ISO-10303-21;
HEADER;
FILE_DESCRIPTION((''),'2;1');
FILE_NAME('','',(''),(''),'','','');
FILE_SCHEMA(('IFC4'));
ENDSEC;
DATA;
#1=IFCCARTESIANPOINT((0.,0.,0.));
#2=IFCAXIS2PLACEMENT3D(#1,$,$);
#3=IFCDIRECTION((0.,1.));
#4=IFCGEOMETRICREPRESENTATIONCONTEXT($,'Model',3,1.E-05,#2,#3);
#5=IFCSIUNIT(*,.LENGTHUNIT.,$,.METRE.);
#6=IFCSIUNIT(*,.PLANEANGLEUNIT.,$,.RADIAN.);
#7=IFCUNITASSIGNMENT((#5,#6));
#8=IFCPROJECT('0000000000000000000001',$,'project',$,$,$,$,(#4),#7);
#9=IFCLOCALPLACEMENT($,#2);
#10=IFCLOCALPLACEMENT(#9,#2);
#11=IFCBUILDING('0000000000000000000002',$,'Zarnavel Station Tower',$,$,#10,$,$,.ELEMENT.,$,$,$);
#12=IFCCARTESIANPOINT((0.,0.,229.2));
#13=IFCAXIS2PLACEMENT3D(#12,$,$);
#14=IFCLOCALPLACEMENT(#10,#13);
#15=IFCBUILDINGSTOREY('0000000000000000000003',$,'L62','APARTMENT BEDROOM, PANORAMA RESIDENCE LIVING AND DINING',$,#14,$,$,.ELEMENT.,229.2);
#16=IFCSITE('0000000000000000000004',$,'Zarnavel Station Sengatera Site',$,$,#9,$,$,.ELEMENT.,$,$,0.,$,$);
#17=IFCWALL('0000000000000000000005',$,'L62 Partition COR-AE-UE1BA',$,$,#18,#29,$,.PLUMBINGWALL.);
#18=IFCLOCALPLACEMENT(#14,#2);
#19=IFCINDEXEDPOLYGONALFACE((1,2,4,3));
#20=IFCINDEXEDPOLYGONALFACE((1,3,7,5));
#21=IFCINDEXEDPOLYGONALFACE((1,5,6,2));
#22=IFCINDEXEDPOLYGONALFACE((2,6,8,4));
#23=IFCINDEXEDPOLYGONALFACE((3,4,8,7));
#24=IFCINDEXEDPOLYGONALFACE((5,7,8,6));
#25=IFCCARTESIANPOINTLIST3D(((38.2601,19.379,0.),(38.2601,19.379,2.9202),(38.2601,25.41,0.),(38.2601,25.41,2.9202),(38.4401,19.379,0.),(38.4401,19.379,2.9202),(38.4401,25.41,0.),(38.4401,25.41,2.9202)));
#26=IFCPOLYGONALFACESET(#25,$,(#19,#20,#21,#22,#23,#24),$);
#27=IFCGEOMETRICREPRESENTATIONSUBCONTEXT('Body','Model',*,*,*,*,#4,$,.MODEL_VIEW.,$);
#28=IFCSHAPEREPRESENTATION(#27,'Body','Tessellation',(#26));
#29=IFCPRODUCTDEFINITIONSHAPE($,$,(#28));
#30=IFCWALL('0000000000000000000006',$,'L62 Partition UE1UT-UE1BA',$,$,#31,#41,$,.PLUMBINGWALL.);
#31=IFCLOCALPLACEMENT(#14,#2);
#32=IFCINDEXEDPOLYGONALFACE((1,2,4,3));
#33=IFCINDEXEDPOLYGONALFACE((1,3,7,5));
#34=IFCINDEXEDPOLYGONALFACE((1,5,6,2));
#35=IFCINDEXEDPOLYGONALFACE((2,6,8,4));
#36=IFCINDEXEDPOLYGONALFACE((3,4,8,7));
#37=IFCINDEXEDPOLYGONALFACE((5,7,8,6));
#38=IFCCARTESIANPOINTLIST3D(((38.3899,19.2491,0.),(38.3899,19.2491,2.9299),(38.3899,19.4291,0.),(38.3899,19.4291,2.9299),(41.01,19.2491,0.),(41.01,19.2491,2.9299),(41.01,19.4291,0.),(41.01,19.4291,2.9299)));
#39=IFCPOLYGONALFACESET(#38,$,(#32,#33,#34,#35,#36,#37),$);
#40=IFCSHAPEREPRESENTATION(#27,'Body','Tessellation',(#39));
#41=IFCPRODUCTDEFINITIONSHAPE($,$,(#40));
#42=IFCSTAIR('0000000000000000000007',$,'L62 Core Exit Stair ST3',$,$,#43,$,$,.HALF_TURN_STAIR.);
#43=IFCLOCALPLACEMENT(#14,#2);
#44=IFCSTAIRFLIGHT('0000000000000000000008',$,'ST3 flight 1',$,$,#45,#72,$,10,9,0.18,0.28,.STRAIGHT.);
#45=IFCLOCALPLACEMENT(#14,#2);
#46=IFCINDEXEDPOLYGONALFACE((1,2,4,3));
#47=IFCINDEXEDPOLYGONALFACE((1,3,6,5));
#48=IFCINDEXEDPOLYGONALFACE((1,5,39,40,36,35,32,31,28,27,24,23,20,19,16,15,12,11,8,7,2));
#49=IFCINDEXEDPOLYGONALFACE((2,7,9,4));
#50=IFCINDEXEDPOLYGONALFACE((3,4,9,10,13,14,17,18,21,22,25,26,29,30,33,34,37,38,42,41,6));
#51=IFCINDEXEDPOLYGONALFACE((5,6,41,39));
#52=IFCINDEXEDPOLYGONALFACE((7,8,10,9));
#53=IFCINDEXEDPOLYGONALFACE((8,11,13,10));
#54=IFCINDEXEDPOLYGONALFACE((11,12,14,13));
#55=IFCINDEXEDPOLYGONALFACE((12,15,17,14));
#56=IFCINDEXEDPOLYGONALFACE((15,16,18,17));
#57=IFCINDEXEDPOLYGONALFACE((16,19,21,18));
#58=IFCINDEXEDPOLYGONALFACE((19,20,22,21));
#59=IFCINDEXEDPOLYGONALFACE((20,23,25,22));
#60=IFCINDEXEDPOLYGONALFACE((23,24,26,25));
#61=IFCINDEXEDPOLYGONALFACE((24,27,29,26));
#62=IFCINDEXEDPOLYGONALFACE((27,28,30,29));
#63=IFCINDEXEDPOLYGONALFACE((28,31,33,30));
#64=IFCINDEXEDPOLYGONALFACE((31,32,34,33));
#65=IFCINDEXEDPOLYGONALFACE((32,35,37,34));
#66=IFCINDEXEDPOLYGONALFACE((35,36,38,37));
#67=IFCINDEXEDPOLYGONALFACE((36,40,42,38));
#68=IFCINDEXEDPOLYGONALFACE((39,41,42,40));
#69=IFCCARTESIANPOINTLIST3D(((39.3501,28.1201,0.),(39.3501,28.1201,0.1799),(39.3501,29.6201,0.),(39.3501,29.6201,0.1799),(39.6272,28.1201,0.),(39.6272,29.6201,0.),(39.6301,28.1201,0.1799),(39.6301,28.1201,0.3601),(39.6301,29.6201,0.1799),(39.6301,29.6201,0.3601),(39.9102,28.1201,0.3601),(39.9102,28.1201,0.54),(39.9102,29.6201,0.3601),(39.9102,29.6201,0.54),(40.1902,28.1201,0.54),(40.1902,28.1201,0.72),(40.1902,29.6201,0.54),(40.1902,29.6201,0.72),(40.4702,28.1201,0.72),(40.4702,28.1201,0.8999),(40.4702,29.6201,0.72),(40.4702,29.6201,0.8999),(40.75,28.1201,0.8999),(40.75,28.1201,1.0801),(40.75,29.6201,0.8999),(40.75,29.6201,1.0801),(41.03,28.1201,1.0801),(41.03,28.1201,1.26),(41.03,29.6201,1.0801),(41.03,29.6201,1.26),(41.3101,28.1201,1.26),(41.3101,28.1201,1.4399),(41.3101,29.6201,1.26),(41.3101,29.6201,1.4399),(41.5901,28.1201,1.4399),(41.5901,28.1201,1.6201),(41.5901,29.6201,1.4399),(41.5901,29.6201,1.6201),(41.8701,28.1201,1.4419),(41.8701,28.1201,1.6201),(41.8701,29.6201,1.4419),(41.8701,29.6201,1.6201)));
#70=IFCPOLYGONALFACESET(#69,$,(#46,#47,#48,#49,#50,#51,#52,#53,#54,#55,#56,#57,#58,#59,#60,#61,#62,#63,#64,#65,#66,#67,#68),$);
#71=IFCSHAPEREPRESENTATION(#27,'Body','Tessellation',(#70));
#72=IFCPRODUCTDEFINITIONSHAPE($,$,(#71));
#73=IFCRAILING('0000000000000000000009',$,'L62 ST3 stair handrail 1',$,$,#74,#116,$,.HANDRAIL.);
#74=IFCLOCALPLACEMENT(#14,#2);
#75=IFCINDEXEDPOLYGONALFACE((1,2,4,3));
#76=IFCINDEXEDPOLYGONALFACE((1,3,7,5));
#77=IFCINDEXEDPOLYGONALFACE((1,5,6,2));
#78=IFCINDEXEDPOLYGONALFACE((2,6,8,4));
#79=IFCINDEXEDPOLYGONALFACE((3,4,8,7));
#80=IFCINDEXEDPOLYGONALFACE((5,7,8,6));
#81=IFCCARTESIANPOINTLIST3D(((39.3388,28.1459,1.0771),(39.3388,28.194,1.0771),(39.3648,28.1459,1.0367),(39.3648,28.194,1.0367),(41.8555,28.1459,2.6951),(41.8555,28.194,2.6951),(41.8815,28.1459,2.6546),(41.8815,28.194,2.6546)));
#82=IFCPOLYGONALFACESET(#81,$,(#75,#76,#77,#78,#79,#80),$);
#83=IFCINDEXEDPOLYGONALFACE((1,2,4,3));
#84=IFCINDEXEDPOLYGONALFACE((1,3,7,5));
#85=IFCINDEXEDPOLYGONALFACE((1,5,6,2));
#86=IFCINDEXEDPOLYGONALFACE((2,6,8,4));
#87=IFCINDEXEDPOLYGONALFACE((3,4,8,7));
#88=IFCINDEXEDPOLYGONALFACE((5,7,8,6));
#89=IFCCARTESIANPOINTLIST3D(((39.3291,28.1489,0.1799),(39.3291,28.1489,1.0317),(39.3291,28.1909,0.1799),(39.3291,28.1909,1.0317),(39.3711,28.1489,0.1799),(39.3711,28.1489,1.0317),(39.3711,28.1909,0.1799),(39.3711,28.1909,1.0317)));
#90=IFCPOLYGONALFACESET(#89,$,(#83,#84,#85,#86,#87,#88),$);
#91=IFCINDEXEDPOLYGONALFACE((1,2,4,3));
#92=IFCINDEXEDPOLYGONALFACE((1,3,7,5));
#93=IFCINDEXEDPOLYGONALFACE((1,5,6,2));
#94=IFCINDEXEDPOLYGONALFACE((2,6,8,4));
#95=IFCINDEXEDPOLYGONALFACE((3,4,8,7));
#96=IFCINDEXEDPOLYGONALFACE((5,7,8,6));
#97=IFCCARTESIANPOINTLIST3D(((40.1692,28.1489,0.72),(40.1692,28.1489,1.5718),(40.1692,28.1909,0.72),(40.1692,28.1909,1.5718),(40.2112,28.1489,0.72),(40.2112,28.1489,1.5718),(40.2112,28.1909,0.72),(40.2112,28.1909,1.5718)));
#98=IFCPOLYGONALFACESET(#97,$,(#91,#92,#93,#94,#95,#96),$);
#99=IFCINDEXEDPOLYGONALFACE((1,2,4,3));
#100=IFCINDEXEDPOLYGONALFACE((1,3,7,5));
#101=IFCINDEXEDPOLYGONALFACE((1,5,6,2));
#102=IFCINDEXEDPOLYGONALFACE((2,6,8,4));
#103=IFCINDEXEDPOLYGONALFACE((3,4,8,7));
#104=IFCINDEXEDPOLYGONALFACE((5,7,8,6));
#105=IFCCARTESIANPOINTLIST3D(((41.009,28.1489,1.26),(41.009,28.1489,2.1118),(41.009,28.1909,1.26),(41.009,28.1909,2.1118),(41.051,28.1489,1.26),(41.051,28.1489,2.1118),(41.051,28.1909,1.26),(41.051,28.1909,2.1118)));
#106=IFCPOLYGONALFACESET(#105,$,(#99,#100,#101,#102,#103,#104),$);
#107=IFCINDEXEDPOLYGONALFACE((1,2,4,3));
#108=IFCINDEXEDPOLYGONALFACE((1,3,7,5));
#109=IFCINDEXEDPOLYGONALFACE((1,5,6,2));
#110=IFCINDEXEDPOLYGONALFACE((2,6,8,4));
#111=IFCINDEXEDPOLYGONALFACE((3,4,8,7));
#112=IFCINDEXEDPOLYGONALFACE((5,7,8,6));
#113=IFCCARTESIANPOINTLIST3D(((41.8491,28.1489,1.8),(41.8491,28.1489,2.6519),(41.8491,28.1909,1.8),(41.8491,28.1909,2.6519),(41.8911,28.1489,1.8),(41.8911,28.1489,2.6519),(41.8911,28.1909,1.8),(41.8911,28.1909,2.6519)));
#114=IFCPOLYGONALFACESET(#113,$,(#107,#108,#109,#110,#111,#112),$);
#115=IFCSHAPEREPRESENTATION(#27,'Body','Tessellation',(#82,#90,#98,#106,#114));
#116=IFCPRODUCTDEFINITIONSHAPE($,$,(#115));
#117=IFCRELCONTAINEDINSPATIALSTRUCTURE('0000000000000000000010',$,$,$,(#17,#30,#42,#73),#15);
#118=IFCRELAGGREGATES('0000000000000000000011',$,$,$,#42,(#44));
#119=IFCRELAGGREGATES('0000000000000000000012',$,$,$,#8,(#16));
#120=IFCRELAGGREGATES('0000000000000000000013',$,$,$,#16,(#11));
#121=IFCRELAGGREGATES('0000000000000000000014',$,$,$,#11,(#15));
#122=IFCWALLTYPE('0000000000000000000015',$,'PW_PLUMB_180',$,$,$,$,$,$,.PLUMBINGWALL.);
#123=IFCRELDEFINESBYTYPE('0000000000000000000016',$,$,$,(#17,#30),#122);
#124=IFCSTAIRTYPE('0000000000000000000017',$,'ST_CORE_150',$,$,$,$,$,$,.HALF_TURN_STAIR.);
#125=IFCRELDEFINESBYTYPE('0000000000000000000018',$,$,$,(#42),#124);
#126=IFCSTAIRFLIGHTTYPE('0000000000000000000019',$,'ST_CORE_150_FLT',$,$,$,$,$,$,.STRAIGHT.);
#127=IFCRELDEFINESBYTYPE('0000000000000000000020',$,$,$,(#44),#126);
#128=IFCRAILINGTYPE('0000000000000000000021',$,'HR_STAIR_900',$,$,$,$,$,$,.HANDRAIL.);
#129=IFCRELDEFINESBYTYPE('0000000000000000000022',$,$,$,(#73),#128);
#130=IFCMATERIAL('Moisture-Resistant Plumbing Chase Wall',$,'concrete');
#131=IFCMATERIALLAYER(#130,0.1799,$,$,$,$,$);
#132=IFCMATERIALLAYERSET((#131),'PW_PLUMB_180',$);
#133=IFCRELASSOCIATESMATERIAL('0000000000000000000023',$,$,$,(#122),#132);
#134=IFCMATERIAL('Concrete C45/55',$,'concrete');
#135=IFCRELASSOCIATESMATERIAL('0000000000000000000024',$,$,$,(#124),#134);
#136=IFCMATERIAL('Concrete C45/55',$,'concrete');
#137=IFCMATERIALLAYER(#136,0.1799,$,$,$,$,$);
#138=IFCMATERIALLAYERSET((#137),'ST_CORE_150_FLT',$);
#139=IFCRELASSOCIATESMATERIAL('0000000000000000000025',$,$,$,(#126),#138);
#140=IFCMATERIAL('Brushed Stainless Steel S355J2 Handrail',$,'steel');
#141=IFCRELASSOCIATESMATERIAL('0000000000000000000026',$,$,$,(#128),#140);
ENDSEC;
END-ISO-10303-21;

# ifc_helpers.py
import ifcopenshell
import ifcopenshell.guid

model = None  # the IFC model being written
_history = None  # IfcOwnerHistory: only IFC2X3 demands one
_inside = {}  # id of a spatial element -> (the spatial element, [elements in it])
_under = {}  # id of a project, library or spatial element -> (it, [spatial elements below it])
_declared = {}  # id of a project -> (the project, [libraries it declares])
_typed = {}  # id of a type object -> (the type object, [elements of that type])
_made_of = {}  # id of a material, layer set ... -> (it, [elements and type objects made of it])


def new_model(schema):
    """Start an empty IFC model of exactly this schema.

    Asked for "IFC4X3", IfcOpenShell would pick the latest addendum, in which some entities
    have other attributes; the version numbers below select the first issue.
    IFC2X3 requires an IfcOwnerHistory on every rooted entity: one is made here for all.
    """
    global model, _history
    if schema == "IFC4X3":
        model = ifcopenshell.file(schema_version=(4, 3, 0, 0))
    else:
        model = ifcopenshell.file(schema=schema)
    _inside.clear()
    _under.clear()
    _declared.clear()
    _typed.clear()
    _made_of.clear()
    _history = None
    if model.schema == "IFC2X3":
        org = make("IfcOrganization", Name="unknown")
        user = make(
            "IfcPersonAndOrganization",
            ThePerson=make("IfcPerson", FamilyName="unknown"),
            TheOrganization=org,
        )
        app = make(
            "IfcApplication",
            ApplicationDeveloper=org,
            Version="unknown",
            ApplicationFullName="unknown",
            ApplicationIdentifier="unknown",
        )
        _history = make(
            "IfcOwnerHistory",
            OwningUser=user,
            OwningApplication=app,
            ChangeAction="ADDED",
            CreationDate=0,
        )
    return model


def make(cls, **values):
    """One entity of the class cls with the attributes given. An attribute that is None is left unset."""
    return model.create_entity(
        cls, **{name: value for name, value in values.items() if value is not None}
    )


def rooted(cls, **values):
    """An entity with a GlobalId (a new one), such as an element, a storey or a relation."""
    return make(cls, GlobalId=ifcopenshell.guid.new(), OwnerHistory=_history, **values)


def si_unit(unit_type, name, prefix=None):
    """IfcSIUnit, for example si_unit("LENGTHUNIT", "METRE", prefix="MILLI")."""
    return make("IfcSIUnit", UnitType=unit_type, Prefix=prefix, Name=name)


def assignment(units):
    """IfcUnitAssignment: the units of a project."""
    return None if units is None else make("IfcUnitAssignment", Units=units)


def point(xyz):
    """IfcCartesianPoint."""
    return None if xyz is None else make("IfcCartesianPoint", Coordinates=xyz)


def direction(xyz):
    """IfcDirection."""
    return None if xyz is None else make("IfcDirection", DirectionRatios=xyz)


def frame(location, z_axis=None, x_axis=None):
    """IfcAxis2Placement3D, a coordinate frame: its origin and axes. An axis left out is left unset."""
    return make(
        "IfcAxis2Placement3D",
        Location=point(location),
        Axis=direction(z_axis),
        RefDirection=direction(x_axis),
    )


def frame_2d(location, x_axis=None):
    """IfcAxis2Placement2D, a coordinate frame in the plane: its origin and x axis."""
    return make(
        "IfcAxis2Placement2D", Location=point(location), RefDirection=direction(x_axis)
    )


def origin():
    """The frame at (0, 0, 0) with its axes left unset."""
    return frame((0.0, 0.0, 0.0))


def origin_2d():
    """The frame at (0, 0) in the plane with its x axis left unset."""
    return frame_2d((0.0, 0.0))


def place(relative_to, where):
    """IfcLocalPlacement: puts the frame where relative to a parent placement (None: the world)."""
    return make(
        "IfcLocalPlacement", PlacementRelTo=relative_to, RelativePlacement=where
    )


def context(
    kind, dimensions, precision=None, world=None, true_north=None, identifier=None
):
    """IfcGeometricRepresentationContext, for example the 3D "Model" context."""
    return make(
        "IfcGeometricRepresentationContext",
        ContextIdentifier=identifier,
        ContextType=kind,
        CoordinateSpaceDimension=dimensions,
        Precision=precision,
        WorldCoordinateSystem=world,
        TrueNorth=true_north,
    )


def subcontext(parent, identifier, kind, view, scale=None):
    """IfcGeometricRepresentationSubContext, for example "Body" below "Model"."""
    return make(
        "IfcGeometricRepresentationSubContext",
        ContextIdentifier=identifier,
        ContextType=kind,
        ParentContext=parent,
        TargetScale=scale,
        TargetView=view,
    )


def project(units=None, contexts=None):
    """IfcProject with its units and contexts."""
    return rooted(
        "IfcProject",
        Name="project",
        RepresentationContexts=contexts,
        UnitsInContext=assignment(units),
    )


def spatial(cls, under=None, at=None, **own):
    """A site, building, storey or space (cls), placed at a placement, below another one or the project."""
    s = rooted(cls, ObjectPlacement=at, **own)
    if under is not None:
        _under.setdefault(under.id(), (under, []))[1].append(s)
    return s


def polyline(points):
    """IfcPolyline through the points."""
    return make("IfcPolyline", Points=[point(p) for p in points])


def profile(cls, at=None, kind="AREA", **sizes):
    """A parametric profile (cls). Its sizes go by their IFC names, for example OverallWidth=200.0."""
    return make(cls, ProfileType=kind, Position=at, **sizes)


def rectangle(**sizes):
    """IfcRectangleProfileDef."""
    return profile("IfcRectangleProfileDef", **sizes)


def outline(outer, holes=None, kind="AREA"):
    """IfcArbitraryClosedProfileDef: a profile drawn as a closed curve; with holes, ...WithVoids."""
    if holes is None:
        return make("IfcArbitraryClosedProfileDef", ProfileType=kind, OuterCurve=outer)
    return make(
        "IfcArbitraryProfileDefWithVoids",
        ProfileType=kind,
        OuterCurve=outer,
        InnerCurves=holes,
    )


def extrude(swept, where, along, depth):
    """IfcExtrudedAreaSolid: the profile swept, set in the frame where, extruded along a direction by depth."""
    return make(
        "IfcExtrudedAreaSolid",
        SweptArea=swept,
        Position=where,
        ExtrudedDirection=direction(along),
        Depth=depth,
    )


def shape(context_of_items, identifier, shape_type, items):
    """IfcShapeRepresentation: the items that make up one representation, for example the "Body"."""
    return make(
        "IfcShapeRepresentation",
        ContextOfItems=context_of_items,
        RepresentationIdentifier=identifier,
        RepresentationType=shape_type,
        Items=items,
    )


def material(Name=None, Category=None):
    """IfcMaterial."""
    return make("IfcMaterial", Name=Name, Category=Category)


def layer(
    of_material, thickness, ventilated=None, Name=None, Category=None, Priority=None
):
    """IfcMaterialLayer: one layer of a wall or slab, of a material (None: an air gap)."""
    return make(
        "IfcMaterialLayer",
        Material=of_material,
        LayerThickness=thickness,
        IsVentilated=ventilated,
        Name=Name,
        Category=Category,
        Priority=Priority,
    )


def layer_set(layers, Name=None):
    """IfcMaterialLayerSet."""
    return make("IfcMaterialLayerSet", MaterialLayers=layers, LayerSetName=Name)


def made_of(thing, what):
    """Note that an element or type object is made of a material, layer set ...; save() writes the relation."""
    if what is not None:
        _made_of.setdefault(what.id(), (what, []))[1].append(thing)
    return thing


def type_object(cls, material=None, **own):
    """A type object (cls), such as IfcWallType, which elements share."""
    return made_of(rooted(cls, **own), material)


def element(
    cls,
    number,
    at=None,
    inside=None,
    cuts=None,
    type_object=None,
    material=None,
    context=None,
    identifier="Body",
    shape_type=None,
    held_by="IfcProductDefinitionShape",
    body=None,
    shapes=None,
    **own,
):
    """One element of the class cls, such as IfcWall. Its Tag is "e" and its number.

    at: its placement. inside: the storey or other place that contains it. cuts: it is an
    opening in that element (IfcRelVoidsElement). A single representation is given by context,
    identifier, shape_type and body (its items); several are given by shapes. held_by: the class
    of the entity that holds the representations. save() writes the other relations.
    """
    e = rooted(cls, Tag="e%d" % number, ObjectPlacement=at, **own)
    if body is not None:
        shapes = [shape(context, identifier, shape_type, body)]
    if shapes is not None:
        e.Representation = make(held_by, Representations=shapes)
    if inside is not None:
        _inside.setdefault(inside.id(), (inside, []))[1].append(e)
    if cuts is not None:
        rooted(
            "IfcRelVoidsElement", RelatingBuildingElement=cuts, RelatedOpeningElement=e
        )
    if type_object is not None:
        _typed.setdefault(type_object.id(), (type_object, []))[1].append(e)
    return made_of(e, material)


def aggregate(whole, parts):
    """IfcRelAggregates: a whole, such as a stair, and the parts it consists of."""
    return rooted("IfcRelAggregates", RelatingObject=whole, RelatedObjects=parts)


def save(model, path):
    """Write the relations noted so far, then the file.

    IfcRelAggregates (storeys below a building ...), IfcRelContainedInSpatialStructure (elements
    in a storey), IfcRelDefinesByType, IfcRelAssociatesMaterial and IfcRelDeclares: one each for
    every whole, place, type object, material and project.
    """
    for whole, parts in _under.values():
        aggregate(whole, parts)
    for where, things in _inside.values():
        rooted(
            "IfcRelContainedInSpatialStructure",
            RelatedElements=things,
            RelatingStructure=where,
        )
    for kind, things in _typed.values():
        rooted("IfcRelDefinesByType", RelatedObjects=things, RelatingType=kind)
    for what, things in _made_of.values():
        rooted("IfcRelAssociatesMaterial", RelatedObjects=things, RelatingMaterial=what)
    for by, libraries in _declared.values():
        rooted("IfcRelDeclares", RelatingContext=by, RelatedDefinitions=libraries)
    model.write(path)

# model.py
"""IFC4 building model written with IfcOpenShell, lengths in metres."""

from ifc_helpers import new_model, si_unit, direction, frame, frame_2d, origin, origin_2d, place, context, subcontext, project, spatial, polyline, rectangle, outline, extrude, material, layer, layer_set, type_object, element, aggregate, save


model = new_model("IFC4")

# Units and contexts
model_context = context("Model", 3, precision=1e-05, world=origin(), true_north=direction((0.0, 1.0)))
body_context = subcontext(model_context, "Body", "Model", "MODEL_VIEW")
ifc_project = project(units=[si_unit("LENGTHUNIT", "METRE"), si_unit("PLANEANGLEUNIT", "RADIAN")], contexts=[model_context])

# Site, building, storey
site_placement = place(None, origin())
site = spatial("IfcSite", under=ifc_project, at=site_placement, Name="Zarnavel Station Sengatera Site", CompositionType="ELEMENT", RefElevation=0.0)
building_placement = place(site_placement, origin())
building = spatial("IfcBuilding", under=site, at=building_placement, Name="Zarnavel Station Tower", CompositionType="ELEMENT")
storey_placement = place(building_placement, frame((0.0, 0.0, 229.2)))
storey = spatial("IfcBuildingStorey", under=building, at=storey_placement, Name="L62", Description="APARTMENT BEDROOM, PANORAMA RESIDENCE LIVING AND DINING", CompositionType="ELEMENT", Elevation=229.2)

# Walls
ifc_material_1 = material(Name="Moisture-Resistant Plumbing Chase Wall", Category="concrete")
ifc_layer_1 = layer(ifc_material_1, 0.1799)
ifc_layer_set_1 = layer_set([ifc_layer_1], Name="PW_PLUMB_180")
wall_type_1 = type_object("IfcWallType", Name="PW_PLUMB_180", PredefinedType="PLUMBINGWALL", material=ifc_layer_set_1)
wall_1_placement = place(storey_placement, frame((38.3501, 19.3789, 0.0), z_axis=(0.0, 0.0, 1.0), x_axis=(0.0, 1.0, 0.0)))
element("IfcWall", 1, at=wall_1_placement, inside=storey, type_object=wall_type_1, Name="L62 Partition COR-AE-UE1BA", PredefinedType="PLUMBINGWALL", context=body_context, shape_type="SweptSolid", body=[
    extrude(rectangle(XDim=6.031, YDim=0.1799, at=frame_2d((3.0156, 0.0))), origin(), (0.0, 0.0, 1.0), 2.9202),
])
wall_2_placement = place(storey_placement, frame((38.3899, 19.3391, 0.0), z_axis=(0.0, 0.0, 1.0), x_axis=(1.0, 0.0, 0.0)))
element("IfcWall", 2, at=wall_2_placement, inside=storey, type_object=wall_type_1, Name="L62 Partition UE1UT-UE1BA", PredefinedType="PLUMBINGWALL", context=body_context, shape_type="SweptSolid", body=[
    extrude(rectangle(XDim=2.6201, YDim=0.1799, at=frame_2d((1.3101, 0.0))), origin(), (0.0, 0.0, 1.0), 2.9299),
])

# Stair, stair flight
ifc_material_2 = material(Name="Concrete C45/55", Category="concrete")
stair_type = type_object("IfcStairType", Name="ST_CORE_150", PredefinedType="HALF_TURN_STAIR", material=ifc_material_2)
stair_placement = place(storey_placement, origin())
stair = element("IfcStair", 3, at=stair_placement, inside=storey, type_object=stair_type, Name="L62 Core Exit Stair ST3", PredefinedType="HALF_TURN_STAIR")
ifc_material_3 = material(Name="Concrete C45/55", Category="concrete")
ifc_layer_2 = layer(ifc_material_3, 0.1799)
ifc_layer_set_2 = layer_set([ifc_layer_2], Name="ST_CORE_150_FLT")
stair_flight_type = type_object("IfcStairFlightType", Name="ST_CORE_150_FLT", PredefinedType="STRAIGHT", material=ifc_layer_set_2)
stair_flight_placement = place(storey_placement, frame((39.3501, 28.8701, 0.0), z_axis=(0.0, 0.0, 1.0), x_axis=(1.0, 0.0, 0.0)))
stair_flight = element("IfcStairFlight", 4, at=stair_flight_placement, type_object=stair_flight_type, Name="ST3 flight 1", NumberOfRisers=10, NumberOfTreads=9, PredefinedType="STRAIGHT", RiserHeight=0.18, TreadLength=0.28, context=body_context, shape_type="SweptSolid", body=[
    extrude(outline(polyline([(0.0, 0.0), (0.0, 0.1799), (0.28, 0.1799), (0.28, 0.3601), (0.5601, 0.3601), (0.5601, 0.54), (0.8401, 0.54), (0.8401, 0.72), (1.1201, 0.72), (1.1201, 0.8999), (1.3999, 0.8999), (1.3999, 1.0801), (1.6799, 1.0801), (1.6799, 1.26), (1.96, 1.26), (1.96, 1.4399), (2.24, 1.4399), (2.24, 1.6201), (2.52, 1.6201), (2.52, 1.8), (2.52, 1.4419), (0.2771, 0.0), (0.0, 0.0)])), frame((0.0, 0.75, 0.0), z_axis=(0.0, -1.0, 0.0), x_axis=(1.0, 0.0, 0.0)), (0.0, 0.0, 1.0), 1.5),
])
aggregate(stair, [stair_flight])

# Railing
ifc_material_4 = material(Name="Brushed Stainless Steel S355J2 Handrail", Category="steel")
railing_type = type_object("IfcRailingType", Name="HR_STAIR_900", PredefinedType="HANDRAIL", material=ifc_material_4)
railing_placement = place(storey_placement, frame((39.3501, 28.1699, 0.1799)))
element("IfcRailing", 5, at=railing_placement, inside=storey, type_object=railing_type, Name="L62 ST3 stair handrail 1", PredefinedType="HANDRAIL", context=body_context, shape_type="SweptSolid", body=[
    extrude(rectangle(XDim=0.0481, YDim=0.0481, at=origin_2d()), frame((0.0017, 0.0, 0.877), z_axis=(0.841163, 0.0, 0.540782), x_axis=(0.0, 1.0, 0.0)), (0.0, 0.0, 1.0), 2.9919),
    extrude(rectangle(XDim=0.042, YDim=0.042, at=origin_2d()), origin(), (0.0, 0.0, 1.0), 0.8518),
    extrude(rectangle(XDim=0.042, YDim=0.042, at=origin_2d()), frame((0.8401, 0.0, 0.54)), (0.0, 0.0, 1.0), 0.8518),
    extrude(rectangle(XDim=0.042, YDim=0.042, at=origin_2d()), frame((1.6799, 0.0, 1.0801)), (0.0, 0.0, 1.0), 0.8518),
    extrude(rectangle(XDim=0.042, YDim=0.042, at=origin_2d()), frame((2.52, 0.0, 1.6201)), (0.0, 0.0, 1.0), 0.8518),
])

save(model, "model.ifc")
